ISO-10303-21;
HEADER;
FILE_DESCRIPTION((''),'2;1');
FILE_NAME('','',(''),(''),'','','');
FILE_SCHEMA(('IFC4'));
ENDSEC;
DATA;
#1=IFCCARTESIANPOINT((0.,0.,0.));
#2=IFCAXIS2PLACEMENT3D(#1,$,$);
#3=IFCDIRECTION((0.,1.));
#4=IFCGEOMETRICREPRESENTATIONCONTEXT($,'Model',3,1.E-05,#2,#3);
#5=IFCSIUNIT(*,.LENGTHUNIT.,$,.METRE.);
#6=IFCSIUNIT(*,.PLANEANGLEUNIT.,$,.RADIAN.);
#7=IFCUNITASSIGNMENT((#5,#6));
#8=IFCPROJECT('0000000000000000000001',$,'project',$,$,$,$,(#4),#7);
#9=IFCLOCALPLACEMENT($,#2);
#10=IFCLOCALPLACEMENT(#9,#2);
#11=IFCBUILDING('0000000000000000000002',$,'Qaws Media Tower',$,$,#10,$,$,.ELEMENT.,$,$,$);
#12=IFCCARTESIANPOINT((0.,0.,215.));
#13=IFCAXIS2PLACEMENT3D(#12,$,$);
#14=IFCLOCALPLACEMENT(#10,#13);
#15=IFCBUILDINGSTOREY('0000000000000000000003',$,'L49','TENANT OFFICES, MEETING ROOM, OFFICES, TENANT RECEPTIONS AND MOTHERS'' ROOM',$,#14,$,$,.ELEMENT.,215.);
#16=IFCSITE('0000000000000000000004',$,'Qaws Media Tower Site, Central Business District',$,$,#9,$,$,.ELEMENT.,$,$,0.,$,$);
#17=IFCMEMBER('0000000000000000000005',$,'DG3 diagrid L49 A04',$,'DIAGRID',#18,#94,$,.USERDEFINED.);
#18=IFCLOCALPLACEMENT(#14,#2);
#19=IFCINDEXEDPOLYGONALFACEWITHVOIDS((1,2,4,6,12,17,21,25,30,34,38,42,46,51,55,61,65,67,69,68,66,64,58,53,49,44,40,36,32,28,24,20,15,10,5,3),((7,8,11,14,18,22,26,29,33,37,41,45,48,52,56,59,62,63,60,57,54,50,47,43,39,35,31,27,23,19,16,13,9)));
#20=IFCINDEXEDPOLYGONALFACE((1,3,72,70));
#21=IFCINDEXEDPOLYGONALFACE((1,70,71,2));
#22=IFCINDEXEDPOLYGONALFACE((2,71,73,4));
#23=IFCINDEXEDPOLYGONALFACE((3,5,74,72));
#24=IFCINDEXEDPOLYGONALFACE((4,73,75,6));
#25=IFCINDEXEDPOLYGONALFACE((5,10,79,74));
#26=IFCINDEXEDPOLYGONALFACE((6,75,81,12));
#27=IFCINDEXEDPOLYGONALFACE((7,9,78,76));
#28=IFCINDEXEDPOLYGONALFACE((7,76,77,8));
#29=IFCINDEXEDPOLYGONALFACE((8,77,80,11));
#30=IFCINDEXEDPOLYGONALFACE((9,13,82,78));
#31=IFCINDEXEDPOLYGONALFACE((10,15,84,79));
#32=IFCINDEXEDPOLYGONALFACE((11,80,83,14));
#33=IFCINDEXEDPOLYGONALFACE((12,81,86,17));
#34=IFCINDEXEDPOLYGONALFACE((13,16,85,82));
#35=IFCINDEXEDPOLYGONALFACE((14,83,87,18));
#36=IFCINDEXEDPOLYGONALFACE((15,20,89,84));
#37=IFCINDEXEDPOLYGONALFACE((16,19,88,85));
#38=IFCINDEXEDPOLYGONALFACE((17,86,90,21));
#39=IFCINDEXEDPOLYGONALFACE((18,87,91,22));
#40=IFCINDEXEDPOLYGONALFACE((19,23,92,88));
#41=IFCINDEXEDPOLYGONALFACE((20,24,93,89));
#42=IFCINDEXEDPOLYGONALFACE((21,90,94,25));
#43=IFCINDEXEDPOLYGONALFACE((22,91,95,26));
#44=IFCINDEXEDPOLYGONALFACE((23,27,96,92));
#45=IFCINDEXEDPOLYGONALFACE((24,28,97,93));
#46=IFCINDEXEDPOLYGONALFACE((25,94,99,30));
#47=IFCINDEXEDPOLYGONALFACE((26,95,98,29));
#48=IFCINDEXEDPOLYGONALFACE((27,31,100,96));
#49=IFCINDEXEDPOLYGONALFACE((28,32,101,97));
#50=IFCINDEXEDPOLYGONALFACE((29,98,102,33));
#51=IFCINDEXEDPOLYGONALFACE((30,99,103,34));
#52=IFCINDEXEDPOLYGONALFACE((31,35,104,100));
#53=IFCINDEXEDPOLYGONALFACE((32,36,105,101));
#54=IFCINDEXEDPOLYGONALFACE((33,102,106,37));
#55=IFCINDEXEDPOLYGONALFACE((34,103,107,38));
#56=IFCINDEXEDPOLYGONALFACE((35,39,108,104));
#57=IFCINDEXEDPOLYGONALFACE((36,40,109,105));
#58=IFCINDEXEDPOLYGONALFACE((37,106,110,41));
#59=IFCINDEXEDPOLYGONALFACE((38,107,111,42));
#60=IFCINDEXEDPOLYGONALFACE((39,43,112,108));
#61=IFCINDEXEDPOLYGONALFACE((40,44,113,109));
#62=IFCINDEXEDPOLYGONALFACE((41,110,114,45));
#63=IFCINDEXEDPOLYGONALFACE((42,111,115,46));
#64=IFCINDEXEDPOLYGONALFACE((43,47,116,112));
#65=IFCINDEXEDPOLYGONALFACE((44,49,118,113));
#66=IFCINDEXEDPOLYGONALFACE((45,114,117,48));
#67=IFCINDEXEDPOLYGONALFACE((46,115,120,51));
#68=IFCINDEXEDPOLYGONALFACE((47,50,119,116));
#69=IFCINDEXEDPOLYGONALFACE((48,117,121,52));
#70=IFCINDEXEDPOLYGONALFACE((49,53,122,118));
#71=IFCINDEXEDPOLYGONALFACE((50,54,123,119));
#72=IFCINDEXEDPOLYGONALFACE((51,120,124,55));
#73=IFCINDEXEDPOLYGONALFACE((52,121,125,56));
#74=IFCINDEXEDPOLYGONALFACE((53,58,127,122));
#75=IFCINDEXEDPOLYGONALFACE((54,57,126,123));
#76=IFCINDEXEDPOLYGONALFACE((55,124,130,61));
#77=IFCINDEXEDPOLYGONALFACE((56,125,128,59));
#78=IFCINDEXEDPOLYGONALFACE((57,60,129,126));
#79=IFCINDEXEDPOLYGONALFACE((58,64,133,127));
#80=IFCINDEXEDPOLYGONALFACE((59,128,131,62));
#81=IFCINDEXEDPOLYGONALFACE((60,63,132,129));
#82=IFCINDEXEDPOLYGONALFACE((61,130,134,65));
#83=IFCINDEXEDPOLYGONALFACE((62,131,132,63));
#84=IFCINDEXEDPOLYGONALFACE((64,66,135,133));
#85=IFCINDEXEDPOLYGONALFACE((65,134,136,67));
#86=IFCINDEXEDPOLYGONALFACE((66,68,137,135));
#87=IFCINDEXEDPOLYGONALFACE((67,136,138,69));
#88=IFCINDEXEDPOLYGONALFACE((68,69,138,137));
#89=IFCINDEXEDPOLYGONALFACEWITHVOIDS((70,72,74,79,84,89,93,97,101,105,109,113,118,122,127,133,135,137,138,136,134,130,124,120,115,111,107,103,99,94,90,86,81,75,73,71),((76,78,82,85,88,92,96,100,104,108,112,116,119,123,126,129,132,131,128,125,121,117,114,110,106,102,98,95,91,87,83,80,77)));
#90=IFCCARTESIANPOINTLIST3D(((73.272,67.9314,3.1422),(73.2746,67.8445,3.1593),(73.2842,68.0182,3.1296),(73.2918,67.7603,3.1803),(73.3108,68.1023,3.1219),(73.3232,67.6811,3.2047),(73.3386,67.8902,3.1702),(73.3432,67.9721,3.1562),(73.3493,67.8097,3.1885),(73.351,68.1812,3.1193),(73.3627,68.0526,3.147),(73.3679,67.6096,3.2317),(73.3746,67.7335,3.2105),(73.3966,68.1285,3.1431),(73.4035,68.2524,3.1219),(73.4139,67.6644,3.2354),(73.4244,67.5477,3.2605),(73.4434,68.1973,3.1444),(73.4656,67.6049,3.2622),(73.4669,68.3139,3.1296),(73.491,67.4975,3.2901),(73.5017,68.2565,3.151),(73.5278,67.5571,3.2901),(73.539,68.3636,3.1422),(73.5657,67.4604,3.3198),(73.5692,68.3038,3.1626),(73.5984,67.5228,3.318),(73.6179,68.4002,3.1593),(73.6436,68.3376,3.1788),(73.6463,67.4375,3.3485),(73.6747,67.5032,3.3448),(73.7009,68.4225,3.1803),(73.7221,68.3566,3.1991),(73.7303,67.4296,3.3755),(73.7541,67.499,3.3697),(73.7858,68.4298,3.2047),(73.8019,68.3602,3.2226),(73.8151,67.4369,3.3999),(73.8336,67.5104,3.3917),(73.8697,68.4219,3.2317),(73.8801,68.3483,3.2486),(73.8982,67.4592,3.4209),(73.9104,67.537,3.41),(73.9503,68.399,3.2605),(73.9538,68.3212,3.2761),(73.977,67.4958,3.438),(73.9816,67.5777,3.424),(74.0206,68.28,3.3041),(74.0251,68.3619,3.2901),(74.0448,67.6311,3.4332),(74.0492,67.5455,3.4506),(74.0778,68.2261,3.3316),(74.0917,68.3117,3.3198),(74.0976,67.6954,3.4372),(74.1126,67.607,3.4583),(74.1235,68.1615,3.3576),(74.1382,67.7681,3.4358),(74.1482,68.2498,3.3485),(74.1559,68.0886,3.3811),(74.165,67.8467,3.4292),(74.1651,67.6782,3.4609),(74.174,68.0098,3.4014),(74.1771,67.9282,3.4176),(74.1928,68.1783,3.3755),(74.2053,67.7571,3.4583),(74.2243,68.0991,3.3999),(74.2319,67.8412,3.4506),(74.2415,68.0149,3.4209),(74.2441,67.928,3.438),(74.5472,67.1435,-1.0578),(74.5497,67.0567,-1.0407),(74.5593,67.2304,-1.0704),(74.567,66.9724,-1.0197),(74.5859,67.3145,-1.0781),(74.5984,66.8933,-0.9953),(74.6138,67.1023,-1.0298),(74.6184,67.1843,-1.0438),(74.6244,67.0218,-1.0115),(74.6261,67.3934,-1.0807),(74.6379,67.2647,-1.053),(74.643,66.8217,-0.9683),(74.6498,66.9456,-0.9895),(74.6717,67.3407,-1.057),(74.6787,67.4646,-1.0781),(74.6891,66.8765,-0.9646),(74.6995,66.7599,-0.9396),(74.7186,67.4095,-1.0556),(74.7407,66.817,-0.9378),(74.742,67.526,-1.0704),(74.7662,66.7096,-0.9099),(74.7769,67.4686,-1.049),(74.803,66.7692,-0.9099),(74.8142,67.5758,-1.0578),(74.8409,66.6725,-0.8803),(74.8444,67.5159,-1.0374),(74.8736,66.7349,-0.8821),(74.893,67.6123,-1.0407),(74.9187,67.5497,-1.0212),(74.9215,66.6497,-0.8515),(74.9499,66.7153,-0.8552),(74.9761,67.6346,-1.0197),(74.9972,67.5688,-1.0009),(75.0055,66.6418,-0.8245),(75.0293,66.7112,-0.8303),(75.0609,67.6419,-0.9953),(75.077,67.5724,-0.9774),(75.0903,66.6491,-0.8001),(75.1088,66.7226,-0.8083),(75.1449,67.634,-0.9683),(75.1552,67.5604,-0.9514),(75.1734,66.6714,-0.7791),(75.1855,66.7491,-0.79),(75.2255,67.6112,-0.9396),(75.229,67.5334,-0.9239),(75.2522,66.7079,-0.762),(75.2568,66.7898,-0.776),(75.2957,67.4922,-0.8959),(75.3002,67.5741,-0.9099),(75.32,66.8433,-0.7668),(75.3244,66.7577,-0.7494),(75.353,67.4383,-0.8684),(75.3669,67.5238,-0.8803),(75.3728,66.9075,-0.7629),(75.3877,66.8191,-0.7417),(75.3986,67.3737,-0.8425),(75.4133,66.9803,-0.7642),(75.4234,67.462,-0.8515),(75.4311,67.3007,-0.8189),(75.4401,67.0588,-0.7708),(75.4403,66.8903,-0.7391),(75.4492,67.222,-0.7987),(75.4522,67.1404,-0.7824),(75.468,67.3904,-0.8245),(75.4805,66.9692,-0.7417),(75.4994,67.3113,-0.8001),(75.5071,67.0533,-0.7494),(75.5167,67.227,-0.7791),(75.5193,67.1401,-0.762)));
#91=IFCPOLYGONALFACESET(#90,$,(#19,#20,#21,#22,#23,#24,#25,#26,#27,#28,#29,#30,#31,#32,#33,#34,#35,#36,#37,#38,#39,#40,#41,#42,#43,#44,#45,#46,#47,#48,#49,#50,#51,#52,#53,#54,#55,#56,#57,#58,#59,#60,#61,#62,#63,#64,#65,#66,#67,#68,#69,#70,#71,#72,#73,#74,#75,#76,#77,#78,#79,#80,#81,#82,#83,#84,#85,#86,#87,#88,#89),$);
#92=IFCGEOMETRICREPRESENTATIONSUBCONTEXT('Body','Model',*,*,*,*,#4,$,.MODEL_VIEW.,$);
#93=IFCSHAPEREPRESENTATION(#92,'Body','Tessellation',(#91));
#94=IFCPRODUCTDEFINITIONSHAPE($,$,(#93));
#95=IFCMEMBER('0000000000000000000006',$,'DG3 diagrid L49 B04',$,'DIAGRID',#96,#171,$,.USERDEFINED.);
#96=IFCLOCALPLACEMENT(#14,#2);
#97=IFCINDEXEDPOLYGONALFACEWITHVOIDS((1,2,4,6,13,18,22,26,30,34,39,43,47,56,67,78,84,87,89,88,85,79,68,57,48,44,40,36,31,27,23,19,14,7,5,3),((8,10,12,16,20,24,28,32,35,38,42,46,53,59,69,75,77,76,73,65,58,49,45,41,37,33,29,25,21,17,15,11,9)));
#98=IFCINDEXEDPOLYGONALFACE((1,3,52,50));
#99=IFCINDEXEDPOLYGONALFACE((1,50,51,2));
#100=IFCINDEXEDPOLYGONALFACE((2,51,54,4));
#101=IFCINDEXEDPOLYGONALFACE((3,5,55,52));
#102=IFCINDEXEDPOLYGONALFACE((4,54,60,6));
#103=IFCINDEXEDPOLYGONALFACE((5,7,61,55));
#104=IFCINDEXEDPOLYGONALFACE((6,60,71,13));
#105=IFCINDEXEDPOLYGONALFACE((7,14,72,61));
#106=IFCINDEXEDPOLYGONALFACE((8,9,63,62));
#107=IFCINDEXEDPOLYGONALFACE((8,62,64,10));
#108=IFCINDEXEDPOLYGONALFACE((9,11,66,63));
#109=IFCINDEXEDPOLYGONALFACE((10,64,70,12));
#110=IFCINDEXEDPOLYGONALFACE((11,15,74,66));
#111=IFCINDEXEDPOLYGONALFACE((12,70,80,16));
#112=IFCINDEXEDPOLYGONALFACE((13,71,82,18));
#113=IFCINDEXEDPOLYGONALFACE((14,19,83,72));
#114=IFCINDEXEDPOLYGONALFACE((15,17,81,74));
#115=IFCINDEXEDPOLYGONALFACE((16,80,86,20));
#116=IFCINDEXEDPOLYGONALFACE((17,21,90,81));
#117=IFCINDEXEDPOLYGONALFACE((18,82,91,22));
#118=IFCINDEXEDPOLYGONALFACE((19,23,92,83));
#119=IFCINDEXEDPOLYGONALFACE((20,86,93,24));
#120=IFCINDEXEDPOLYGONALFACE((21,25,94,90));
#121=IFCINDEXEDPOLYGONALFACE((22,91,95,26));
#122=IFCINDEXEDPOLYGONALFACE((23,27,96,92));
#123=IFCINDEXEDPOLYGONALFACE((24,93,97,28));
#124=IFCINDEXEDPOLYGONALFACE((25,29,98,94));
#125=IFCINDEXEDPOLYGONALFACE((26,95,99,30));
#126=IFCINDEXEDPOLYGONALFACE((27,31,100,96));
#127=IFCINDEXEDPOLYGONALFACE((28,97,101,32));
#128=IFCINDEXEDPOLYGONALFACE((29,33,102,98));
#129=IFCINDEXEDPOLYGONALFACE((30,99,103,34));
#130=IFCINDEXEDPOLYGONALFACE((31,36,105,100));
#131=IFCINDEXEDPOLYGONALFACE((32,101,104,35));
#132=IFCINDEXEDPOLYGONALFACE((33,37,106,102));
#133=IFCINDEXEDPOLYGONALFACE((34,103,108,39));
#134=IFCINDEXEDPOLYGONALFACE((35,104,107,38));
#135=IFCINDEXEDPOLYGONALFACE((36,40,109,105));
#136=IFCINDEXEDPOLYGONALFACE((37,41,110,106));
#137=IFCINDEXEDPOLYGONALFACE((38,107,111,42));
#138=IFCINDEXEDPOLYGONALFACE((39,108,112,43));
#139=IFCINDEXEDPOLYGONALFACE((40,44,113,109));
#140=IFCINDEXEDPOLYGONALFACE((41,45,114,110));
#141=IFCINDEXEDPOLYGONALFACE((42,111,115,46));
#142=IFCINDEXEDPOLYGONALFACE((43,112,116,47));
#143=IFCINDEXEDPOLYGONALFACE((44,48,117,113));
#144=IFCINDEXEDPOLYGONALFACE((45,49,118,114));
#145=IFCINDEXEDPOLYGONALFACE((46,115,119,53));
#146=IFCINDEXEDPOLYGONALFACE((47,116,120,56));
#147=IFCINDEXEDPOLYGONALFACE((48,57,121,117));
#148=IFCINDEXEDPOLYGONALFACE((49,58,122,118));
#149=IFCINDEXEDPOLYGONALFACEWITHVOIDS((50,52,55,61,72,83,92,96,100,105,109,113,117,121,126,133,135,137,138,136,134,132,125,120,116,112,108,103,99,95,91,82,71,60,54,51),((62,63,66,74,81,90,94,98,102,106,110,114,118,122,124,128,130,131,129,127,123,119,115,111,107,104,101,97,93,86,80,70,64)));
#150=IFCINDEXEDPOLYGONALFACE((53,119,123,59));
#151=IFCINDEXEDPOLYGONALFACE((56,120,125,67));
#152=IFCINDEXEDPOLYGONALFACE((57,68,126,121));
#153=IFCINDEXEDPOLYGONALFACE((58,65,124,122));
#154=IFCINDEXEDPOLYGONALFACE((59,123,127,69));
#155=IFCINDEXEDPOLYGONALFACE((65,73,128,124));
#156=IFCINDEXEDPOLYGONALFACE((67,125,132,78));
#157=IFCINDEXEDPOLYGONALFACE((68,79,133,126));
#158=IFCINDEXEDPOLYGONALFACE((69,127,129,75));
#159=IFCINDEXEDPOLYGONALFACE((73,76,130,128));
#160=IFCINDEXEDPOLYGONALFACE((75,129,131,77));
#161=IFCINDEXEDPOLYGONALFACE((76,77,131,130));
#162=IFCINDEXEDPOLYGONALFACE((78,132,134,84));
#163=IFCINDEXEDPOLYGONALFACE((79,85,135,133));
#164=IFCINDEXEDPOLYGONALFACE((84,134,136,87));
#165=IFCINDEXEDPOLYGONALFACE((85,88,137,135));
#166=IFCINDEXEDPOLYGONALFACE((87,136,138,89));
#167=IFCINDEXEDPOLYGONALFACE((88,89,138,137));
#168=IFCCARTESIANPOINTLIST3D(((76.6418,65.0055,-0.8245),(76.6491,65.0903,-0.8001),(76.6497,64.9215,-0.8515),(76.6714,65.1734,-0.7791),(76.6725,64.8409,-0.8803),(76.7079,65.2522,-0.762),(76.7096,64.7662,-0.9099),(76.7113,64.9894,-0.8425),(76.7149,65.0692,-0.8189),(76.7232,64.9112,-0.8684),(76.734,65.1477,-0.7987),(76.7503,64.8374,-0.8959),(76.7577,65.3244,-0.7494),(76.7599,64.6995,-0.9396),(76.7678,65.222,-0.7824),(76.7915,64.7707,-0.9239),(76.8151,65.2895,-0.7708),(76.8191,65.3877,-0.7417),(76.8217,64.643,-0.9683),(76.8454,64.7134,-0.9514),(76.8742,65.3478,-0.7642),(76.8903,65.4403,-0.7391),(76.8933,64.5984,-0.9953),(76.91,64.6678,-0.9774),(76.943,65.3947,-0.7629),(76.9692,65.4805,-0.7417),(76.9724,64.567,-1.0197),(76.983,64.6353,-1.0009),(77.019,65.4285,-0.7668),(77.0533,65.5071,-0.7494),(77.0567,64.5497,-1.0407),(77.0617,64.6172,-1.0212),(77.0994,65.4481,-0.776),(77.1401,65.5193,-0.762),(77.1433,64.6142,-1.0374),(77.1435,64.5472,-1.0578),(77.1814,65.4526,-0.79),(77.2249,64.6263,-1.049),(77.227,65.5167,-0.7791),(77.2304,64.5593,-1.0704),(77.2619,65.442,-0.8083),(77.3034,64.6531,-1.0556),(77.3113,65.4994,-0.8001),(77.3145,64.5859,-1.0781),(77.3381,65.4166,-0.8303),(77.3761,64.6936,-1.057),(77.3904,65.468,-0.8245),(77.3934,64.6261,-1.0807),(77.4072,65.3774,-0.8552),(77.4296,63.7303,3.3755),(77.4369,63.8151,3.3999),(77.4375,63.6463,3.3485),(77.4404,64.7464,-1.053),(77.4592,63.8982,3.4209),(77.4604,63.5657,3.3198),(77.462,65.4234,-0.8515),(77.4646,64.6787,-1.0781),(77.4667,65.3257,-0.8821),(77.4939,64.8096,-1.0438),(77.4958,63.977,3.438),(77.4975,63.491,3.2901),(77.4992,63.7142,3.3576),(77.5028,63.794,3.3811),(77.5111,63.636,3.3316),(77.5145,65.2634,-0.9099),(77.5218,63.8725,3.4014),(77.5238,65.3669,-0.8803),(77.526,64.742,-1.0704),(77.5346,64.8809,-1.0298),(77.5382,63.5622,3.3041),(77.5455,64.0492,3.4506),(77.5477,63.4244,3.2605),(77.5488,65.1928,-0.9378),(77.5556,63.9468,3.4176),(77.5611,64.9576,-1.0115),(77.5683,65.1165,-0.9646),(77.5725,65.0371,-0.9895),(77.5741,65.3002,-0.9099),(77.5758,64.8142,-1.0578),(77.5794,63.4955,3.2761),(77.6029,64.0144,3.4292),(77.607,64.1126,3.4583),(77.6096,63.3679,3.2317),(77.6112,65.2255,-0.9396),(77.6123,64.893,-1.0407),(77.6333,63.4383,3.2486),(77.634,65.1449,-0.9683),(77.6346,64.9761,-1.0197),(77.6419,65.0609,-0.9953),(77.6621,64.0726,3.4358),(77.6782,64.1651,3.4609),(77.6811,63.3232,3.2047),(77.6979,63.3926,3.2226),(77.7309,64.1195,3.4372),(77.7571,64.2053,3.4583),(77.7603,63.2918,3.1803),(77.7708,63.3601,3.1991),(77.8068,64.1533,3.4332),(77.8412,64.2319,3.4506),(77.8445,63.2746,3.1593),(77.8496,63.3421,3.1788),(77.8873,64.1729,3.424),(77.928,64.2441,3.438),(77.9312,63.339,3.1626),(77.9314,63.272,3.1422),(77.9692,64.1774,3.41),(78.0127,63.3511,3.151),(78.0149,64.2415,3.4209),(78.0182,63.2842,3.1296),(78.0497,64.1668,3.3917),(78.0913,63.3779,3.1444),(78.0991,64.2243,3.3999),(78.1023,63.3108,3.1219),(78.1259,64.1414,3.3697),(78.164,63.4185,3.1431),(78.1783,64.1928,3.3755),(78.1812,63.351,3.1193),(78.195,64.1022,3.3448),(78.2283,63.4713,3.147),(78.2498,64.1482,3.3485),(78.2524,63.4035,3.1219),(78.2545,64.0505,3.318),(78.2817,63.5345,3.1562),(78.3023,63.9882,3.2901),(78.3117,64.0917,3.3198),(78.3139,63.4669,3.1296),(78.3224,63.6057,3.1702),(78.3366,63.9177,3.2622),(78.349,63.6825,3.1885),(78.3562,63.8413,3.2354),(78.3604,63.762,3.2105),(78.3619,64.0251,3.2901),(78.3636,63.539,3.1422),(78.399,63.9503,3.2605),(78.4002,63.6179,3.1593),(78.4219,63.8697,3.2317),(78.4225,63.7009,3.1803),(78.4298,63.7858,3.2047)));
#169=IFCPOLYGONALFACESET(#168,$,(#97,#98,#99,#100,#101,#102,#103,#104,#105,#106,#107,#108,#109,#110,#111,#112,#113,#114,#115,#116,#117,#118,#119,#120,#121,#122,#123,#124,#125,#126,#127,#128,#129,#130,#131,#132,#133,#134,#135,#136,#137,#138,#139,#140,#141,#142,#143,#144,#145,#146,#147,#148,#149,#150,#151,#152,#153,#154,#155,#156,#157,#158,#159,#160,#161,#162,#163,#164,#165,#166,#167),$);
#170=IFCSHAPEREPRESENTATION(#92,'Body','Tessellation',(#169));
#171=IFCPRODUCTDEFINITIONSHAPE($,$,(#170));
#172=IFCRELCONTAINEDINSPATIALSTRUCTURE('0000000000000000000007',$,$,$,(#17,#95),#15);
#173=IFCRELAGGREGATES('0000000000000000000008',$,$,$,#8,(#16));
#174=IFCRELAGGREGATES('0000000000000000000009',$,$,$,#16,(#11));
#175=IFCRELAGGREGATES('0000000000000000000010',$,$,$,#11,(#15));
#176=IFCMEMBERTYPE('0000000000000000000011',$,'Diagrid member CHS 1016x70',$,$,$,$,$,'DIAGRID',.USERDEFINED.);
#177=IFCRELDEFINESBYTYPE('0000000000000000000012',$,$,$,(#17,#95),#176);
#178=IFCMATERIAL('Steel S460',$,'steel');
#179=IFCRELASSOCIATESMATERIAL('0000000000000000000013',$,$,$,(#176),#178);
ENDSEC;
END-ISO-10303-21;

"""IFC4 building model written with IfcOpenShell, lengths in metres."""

from ifc_helpers import new_model, si_unit, direction, frame, origin, origin_2d, place, context, subcontext, project, spatial, hollow_circle, extrude, material, material_profile, profile_set, type_object, element, save


model = new_model("IFC4")

# Units and contexts
model_context = context("Model", 3, precision=1e-05, world=origin(), true_north=direction((0.0, 1.0)))
body_context = subcontext(model_context, "Body", "Model", "MODEL_VIEW")
ifc_project = project(units=[si_unit("LENGTHUNIT", "METRE"), si_unit("PLANEANGLEUNIT", "RADIAN")], contexts=[model_context])

# Site, building, storey
site_placement = place(None, origin())
site = spatial("IfcSite", under=ifc_project, at=site_placement, Name="Qaws Media Tower Site, Central Business District", CompositionType="ELEMENT", RefElevation=0.0)
building_placement = place(site_placement, origin())
building = spatial("IfcBuilding", under=site, at=building_placement, Name="Qaws Media Tower", CompositionType="ELEMENT")
storey_placement = place(building_placement, frame((0.0, 0.0, 215.0)))
storey = spatial("IfcBuildingStorey", under=building, at=storey_placement, Name="L49", Description="TENANT OFFICES, MEETING ROOM, OFFICES, TENANT RECEPTIONS AND MOTHERS' ROOM", CompositionType="ELEMENT", Elevation=215.0)

# Members
ifc_material_1 = material(Name="Steel S460", Category="steel")
ifc_material_profile_1 = material_profile(ifc_material_1, hollow_circle(Radius=0.5081, WallThickness=0.0701, at=origin_2d()), Name="CHS 1016x70")
ifc_profile_set_1 = profile_set([ifc_material_profile_1], Name="Steel S460")
member_type_1 = type_object("IfcMemberType", Name="Diagrid member CHS 1016x70", ElementType="DIAGRID", PredefinedType="USERDEFINED", material=ifc_profile_set_1)
for number, where, z_axis, x_axis, name in (
    (1, (75.0332, 67.1418, -0.9099), (-0.285946, 0.17667, 0.941819), (-0.525614, -0.850723, 0.0), "DG3 diagrid L49 A04"),
    (2, (77.1418, 65.0332, -0.9099), (0.17667, -0.285946, 0.941819), (0.850723, 0.525614, 0.0), "DG3 diagrid L49 B04"),
):
    element("IfcMember", number, at=place(storey_placement, frame(where, z_axis=z_axis, x_axis=x_axis)), inside=storey, type_object=member_type_1, Name=name, ObjectType="DIAGRID", PredefinedType="USERDEFINED", context=body_context, shape_type="SweptSolid", body=[
        extrude(hollow_circle(Radius=0.5081, WallThickness=0.0701, at=origin_2d()), origin(), (0.0, 0.0, 1.0), 4.4595),
    ])

save(model, "model.ifc")
